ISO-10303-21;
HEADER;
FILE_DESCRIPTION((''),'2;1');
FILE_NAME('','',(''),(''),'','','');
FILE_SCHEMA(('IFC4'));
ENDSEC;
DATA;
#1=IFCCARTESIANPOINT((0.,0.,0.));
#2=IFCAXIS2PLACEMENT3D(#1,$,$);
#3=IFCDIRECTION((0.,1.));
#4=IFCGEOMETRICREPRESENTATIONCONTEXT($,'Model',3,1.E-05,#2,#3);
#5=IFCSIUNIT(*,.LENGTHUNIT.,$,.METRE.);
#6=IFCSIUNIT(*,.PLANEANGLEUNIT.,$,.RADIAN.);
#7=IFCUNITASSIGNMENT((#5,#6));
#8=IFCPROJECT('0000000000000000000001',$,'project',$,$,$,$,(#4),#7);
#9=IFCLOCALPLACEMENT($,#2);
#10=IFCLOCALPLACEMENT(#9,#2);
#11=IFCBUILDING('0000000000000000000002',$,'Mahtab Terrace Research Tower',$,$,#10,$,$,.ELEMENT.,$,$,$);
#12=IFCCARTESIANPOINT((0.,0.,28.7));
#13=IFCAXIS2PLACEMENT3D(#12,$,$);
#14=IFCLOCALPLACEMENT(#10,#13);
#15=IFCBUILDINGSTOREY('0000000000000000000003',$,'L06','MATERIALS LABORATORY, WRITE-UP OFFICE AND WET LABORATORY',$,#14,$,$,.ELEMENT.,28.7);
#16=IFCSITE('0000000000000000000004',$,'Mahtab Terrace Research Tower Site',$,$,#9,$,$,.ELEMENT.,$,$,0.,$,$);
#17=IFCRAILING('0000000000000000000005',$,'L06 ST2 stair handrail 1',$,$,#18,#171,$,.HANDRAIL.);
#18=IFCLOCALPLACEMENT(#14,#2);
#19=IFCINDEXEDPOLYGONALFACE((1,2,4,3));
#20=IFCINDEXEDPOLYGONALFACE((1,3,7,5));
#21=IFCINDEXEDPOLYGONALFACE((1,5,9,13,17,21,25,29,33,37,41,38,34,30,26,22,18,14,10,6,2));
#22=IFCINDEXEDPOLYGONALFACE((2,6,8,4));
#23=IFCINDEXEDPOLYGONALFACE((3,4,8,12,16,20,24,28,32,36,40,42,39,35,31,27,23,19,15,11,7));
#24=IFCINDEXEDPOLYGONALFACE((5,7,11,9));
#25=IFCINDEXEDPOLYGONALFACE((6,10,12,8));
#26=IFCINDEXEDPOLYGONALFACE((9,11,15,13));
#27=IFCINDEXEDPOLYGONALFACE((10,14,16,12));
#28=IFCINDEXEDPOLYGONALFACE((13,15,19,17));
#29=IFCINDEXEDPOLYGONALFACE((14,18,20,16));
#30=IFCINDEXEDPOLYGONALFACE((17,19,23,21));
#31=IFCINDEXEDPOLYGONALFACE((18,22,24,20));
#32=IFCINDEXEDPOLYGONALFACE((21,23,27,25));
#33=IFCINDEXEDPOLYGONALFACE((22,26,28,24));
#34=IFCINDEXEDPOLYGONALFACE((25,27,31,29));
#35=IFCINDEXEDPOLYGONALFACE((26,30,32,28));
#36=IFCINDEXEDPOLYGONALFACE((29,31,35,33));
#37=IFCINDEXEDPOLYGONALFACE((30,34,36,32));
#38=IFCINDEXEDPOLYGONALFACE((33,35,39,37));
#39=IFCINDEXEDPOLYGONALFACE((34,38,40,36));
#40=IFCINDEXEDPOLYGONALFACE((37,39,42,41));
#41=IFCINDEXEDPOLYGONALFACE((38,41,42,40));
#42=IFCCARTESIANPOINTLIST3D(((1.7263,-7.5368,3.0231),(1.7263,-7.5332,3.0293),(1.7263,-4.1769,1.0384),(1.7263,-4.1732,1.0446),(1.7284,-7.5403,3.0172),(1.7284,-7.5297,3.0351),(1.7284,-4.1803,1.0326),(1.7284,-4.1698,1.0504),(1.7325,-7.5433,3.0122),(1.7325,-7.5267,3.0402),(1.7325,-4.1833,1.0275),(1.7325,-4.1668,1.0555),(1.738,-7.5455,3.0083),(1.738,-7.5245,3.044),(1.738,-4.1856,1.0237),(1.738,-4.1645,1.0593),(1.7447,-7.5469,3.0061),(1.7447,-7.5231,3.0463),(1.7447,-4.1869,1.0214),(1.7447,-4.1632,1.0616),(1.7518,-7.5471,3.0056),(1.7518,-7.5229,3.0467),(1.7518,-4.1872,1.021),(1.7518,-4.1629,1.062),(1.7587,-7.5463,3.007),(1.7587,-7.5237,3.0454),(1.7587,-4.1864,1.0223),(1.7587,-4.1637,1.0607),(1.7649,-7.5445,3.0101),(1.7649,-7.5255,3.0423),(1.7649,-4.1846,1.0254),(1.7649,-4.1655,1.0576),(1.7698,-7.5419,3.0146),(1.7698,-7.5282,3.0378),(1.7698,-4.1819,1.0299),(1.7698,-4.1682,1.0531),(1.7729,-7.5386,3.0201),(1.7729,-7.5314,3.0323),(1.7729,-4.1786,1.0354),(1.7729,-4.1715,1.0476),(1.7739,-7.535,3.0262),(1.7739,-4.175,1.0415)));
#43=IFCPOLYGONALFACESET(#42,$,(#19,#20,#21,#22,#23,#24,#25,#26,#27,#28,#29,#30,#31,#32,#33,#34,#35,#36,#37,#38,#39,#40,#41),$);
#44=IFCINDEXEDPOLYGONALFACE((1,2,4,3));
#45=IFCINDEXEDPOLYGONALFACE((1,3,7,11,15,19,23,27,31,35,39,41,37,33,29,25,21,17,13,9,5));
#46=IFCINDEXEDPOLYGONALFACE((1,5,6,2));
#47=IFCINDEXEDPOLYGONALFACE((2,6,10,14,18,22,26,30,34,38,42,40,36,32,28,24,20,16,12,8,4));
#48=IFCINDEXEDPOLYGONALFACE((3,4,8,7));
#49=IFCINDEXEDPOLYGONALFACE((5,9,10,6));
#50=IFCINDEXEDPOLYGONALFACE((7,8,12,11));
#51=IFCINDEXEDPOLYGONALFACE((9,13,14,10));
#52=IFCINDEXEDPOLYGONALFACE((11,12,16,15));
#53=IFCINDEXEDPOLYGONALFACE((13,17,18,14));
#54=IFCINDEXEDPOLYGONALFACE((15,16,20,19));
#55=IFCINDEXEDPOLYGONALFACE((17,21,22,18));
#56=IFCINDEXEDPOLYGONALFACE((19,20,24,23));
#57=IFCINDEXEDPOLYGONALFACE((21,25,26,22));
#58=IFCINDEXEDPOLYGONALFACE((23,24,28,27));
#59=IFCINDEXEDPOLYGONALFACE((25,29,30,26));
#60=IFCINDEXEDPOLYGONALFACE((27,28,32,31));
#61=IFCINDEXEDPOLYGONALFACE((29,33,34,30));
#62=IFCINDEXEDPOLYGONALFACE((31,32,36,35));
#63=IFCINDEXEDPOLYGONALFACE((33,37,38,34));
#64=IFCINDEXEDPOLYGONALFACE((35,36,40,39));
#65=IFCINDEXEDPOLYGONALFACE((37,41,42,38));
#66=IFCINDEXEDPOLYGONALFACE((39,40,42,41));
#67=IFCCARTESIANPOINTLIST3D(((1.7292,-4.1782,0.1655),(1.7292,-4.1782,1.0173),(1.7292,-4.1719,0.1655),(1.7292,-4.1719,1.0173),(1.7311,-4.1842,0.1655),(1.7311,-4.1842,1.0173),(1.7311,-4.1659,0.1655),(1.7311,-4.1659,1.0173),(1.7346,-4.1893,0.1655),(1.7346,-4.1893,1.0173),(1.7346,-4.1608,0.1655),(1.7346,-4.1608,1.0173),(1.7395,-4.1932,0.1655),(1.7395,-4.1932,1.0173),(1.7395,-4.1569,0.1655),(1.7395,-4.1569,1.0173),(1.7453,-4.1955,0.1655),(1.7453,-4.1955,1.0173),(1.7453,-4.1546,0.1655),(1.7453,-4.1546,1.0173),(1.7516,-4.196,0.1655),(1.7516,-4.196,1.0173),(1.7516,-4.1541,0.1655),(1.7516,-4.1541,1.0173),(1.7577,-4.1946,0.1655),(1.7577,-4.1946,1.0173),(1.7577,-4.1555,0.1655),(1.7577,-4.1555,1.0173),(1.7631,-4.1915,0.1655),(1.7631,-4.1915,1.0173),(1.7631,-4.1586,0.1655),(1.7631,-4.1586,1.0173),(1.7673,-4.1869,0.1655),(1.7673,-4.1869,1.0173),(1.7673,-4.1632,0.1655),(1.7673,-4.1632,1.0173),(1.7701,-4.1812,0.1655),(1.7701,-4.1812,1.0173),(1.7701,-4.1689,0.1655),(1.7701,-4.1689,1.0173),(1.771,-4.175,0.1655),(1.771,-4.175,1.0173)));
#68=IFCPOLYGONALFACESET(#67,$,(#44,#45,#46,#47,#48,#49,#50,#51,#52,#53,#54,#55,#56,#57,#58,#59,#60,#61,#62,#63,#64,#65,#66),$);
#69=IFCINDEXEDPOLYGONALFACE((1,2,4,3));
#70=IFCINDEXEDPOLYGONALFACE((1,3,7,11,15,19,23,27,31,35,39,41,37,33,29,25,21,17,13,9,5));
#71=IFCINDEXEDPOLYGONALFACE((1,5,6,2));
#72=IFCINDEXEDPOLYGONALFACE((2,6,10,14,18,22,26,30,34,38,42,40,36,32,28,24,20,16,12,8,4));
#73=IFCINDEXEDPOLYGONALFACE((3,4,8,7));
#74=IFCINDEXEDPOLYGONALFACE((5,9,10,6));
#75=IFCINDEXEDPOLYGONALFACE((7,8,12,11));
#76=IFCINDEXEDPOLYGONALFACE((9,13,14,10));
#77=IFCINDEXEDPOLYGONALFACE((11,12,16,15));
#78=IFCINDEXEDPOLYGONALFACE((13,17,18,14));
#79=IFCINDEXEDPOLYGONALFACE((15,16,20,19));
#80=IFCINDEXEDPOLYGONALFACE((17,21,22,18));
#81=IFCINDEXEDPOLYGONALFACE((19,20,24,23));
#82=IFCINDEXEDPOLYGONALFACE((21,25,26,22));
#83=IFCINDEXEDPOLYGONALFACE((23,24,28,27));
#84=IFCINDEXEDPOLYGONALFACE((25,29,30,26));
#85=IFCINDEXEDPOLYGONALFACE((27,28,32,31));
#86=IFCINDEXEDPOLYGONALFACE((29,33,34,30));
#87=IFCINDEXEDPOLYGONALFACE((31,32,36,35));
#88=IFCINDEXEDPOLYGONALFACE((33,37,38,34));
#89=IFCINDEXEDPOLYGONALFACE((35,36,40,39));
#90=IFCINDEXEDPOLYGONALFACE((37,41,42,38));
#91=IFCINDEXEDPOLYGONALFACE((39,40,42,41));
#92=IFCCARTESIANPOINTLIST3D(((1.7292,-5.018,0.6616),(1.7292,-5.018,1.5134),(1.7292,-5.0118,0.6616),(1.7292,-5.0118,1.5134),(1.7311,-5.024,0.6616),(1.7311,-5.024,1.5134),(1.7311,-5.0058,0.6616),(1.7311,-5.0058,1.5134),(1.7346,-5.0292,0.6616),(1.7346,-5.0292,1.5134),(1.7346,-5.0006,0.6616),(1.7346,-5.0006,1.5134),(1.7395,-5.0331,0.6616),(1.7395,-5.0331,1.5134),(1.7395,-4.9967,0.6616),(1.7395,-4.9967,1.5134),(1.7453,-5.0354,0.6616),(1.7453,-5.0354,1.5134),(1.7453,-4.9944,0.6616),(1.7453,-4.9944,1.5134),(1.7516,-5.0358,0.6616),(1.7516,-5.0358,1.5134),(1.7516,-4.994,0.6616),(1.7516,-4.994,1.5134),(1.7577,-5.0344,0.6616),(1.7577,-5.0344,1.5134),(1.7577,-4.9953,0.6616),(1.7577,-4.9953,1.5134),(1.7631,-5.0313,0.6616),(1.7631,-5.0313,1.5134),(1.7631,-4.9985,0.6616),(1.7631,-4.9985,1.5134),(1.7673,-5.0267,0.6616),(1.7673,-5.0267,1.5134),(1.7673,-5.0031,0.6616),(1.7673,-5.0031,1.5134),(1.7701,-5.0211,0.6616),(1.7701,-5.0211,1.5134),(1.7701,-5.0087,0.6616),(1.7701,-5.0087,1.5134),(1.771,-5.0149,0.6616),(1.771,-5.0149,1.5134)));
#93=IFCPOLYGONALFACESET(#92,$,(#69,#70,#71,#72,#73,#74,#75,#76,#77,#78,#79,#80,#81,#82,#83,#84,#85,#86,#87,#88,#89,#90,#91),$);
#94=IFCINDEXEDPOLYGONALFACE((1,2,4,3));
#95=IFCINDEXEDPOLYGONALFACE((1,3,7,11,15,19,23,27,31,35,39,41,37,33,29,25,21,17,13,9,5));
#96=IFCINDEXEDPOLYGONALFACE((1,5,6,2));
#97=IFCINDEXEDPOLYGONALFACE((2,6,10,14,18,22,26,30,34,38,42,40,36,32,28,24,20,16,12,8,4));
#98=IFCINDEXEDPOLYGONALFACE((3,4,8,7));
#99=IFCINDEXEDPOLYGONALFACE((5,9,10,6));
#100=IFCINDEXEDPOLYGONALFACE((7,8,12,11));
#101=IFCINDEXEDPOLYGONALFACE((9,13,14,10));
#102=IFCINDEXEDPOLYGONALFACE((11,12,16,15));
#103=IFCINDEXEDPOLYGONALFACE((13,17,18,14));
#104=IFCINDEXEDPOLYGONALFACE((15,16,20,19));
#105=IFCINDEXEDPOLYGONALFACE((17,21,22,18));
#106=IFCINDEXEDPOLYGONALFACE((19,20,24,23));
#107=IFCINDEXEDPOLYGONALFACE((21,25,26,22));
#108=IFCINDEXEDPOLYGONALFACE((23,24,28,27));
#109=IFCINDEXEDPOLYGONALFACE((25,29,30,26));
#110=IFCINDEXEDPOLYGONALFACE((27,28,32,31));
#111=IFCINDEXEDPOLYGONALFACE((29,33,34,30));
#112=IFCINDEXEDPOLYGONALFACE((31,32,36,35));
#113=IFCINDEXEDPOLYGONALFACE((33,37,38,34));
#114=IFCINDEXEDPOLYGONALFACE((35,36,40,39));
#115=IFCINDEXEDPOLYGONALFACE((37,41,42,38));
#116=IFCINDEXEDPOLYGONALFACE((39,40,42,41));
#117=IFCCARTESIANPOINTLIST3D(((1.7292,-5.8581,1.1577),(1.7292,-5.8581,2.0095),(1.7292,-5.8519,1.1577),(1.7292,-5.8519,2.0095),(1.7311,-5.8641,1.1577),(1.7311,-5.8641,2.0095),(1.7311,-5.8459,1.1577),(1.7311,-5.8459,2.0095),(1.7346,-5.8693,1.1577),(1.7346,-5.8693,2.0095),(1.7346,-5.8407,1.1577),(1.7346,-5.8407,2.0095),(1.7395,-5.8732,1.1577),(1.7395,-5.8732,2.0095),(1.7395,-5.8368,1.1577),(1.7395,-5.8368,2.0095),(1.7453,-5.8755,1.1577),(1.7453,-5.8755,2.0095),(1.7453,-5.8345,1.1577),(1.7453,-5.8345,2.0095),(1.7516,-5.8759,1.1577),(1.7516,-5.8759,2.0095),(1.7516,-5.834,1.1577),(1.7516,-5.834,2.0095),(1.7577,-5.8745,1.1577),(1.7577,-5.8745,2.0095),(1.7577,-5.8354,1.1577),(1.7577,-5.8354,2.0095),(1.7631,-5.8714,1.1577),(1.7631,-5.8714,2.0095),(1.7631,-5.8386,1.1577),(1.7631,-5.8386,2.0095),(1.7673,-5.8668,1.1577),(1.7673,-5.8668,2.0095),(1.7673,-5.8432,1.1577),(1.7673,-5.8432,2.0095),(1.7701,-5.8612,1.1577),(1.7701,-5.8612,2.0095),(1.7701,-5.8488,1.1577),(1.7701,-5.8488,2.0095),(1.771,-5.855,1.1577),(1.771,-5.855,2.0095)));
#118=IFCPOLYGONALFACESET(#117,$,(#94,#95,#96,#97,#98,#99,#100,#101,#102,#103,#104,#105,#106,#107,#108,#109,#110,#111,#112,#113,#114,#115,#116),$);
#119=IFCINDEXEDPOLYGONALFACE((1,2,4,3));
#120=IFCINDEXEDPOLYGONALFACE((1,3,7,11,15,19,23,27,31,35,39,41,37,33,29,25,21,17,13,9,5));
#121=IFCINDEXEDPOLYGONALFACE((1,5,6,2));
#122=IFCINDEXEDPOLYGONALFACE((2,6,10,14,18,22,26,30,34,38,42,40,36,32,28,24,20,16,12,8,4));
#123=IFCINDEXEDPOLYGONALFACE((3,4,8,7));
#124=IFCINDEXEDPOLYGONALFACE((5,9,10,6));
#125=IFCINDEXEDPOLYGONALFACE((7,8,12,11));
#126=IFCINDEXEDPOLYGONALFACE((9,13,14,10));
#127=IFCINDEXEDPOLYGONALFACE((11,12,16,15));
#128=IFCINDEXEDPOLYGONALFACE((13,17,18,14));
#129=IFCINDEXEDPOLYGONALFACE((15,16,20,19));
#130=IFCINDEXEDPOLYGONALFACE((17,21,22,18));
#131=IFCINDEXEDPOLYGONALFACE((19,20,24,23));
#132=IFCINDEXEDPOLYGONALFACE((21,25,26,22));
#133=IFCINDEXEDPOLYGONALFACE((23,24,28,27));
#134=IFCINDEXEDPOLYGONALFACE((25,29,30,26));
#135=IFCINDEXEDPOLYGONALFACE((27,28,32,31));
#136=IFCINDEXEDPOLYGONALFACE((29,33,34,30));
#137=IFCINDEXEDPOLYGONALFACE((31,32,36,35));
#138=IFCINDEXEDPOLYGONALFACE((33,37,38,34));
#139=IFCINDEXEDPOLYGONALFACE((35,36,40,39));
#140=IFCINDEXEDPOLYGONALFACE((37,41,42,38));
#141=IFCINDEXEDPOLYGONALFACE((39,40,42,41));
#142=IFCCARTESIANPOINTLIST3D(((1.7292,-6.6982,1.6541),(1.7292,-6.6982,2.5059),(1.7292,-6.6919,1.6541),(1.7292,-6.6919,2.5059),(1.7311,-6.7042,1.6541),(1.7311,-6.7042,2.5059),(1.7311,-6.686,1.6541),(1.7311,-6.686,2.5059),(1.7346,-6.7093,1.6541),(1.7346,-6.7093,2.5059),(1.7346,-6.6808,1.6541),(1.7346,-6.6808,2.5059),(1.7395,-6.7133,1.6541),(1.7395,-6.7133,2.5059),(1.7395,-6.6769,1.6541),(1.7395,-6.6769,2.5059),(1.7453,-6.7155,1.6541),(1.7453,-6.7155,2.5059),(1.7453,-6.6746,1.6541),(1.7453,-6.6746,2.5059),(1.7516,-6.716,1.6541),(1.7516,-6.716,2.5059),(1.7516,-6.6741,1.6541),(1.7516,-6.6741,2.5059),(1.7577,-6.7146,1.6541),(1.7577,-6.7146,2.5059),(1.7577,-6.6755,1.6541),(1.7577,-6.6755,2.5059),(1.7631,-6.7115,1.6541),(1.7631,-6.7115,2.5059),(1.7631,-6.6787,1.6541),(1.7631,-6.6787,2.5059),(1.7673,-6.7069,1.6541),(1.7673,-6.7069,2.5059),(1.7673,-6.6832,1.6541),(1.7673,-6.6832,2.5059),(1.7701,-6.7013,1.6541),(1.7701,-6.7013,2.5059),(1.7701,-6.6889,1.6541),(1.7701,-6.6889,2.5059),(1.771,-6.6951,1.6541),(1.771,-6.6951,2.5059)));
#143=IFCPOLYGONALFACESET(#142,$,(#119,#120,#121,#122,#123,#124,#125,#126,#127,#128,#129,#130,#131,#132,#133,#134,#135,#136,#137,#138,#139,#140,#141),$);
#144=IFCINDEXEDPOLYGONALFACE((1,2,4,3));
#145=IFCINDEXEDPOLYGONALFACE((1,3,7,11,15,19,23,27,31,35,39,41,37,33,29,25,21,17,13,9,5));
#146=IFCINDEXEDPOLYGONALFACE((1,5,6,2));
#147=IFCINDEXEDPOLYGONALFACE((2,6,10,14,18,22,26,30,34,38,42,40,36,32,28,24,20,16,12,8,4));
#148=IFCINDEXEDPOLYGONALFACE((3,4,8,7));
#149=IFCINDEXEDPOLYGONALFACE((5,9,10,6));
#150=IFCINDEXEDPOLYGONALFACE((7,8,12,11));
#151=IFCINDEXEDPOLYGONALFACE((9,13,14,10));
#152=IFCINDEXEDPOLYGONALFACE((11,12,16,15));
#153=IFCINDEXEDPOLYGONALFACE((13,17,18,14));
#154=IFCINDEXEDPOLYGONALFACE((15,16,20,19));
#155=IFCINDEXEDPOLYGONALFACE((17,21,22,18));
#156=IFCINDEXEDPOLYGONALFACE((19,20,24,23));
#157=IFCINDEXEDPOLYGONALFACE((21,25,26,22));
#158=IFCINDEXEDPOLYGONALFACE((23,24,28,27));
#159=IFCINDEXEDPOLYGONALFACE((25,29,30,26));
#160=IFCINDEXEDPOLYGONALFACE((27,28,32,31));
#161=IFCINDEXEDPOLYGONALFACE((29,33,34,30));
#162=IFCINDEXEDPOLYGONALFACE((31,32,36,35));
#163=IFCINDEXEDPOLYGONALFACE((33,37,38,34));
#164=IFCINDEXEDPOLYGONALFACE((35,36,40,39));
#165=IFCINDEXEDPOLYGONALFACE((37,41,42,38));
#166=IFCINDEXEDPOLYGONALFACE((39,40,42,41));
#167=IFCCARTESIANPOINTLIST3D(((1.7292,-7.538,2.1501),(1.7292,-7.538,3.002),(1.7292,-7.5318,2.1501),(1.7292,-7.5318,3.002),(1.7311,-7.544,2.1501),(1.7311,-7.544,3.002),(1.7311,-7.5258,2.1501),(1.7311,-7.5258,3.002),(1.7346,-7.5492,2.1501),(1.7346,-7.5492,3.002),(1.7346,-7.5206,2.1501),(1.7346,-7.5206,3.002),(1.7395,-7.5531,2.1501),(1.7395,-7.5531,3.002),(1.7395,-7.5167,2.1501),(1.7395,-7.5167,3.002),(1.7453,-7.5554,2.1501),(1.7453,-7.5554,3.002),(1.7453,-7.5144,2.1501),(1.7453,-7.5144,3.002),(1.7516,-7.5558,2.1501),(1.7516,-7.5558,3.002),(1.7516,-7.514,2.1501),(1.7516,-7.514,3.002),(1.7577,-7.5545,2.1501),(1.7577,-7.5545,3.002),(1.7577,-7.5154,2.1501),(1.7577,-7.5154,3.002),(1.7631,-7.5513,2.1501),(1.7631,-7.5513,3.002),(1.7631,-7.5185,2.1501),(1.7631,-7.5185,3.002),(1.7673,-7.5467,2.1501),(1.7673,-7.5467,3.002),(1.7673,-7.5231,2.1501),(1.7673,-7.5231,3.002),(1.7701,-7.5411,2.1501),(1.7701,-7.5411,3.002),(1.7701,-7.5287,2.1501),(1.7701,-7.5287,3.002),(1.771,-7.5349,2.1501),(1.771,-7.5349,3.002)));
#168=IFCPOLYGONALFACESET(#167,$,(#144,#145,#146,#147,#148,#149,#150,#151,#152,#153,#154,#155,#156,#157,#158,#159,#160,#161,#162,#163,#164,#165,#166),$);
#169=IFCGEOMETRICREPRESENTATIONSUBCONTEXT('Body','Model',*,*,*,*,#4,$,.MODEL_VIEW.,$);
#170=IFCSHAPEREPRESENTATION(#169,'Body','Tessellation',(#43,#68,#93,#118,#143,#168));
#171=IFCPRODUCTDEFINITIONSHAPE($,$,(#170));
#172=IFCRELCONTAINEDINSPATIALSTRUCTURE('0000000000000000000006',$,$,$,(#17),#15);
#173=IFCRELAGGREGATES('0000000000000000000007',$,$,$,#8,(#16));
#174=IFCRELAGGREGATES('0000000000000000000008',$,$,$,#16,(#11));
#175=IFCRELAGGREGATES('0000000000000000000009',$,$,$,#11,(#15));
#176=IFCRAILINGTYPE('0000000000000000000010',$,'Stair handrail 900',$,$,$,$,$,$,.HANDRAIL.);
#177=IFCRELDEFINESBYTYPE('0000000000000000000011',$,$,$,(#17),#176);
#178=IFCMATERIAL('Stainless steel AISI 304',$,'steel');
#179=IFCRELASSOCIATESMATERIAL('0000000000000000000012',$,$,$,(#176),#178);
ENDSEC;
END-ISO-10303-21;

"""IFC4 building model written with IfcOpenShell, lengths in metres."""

from ifc_helpers import new_model, si_unit, direction, frame, origin, origin_2d, place, context, subcontext, project, spatial, circle, extrude, material, type_object, element, save


model = new_model("IFC4")

# Units and contexts
model_context = context("Model", 3, precision=1e-05, world=origin(), true_north=direction((0.0, 1.0)))
body_context = subcontext(model_context, "Body", "Model", "MODEL_VIEW")
ifc_project = project(units=[si_unit("LENGTHUNIT", "METRE"), si_unit("PLANEANGLEUNIT", "RADIAN")], contexts=[model_context])

# Site, building, storey
site_placement = place(None, origin())
site = spatial("IfcSite", under=ifc_project, at=site_placement, Name="Mahtab Terrace Research Tower Site", CompositionType="ELEMENT", RefElevation=0.0)
building_placement = place(site_placement, origin())
building = spatial("IfcBuilding", under=site, at=building_placement, Name="Mahtab Terrace Research Tower", CompositionType="ELEMENT")
storey_placement = place(building_placement, frame((0.0, 0.0, 28.7)))
storey = spatial("IfcBuildingStorey", under=building, at=storey_placement, Name="L06", Description="MATERIALS LABORATORY, WRITE-UP OFFICE AND WET LABORATORY", CompositionType="ELEMENT", Elevation=28.7)

# Railing
ifc_material_1 = material(Name="Stainless steel AISI 304", Category="steel")
railing_type_1 = type_object("IfcRailingType", Name="Stair handrail 900", PredefinedType="HANDRAIL", material=ifc_material_1)
railing_1_placement = place(storey_placement, frame((1.75, -4.175, 0.1655)))
element("IfcRailing", 1, at=railing_1_placement, inside=storey, type_object=railing_type_1, Name="L06 ST2 stair handrail 1", PredefinedType="HANDRAIL", context=body_context, shape_type="SweptSolid", body=[
    extrude(circle(Radius=0.0239, at=origin_2d()), frame((0.0, 0.0, 0.876), z_axis=(0.0, -0.861011, 0.508586), x_axis=(1.0, 0.0, 0.0)), (0.0, 0.0, 1.0), 3.9023),
    extrude(circle(Radius=0.021, at=origin_2d()), origin(), (0.0, 0.0, 1.0), 0.8518),
    extrude(circle(Radius=0.021, at=origin_2d()), frame((0.0, -0.8398, 0.4961)), (0.0, 0.0, 1.0), 0.8518),
    extrude(circle(Radius=0.021, at=origin_2d()), frame((0.0, -1.6799, 0.9922)), (0.0, 0.0, 1.0), 0.8518),
    extrude(circle(Radius=0.021, at=origin_2d()), frame((0.0, -2.52, 1.4885)), (0.0, 0.0, 1.0), 0.8518),
    extrude(circle(Radius=0.021, at=origin_2d()), frame((0.0, -3.3599, 1.9846)), (0.0, 0.0, 1.0), 0.8518),
])

save(model, "model.ifc")
